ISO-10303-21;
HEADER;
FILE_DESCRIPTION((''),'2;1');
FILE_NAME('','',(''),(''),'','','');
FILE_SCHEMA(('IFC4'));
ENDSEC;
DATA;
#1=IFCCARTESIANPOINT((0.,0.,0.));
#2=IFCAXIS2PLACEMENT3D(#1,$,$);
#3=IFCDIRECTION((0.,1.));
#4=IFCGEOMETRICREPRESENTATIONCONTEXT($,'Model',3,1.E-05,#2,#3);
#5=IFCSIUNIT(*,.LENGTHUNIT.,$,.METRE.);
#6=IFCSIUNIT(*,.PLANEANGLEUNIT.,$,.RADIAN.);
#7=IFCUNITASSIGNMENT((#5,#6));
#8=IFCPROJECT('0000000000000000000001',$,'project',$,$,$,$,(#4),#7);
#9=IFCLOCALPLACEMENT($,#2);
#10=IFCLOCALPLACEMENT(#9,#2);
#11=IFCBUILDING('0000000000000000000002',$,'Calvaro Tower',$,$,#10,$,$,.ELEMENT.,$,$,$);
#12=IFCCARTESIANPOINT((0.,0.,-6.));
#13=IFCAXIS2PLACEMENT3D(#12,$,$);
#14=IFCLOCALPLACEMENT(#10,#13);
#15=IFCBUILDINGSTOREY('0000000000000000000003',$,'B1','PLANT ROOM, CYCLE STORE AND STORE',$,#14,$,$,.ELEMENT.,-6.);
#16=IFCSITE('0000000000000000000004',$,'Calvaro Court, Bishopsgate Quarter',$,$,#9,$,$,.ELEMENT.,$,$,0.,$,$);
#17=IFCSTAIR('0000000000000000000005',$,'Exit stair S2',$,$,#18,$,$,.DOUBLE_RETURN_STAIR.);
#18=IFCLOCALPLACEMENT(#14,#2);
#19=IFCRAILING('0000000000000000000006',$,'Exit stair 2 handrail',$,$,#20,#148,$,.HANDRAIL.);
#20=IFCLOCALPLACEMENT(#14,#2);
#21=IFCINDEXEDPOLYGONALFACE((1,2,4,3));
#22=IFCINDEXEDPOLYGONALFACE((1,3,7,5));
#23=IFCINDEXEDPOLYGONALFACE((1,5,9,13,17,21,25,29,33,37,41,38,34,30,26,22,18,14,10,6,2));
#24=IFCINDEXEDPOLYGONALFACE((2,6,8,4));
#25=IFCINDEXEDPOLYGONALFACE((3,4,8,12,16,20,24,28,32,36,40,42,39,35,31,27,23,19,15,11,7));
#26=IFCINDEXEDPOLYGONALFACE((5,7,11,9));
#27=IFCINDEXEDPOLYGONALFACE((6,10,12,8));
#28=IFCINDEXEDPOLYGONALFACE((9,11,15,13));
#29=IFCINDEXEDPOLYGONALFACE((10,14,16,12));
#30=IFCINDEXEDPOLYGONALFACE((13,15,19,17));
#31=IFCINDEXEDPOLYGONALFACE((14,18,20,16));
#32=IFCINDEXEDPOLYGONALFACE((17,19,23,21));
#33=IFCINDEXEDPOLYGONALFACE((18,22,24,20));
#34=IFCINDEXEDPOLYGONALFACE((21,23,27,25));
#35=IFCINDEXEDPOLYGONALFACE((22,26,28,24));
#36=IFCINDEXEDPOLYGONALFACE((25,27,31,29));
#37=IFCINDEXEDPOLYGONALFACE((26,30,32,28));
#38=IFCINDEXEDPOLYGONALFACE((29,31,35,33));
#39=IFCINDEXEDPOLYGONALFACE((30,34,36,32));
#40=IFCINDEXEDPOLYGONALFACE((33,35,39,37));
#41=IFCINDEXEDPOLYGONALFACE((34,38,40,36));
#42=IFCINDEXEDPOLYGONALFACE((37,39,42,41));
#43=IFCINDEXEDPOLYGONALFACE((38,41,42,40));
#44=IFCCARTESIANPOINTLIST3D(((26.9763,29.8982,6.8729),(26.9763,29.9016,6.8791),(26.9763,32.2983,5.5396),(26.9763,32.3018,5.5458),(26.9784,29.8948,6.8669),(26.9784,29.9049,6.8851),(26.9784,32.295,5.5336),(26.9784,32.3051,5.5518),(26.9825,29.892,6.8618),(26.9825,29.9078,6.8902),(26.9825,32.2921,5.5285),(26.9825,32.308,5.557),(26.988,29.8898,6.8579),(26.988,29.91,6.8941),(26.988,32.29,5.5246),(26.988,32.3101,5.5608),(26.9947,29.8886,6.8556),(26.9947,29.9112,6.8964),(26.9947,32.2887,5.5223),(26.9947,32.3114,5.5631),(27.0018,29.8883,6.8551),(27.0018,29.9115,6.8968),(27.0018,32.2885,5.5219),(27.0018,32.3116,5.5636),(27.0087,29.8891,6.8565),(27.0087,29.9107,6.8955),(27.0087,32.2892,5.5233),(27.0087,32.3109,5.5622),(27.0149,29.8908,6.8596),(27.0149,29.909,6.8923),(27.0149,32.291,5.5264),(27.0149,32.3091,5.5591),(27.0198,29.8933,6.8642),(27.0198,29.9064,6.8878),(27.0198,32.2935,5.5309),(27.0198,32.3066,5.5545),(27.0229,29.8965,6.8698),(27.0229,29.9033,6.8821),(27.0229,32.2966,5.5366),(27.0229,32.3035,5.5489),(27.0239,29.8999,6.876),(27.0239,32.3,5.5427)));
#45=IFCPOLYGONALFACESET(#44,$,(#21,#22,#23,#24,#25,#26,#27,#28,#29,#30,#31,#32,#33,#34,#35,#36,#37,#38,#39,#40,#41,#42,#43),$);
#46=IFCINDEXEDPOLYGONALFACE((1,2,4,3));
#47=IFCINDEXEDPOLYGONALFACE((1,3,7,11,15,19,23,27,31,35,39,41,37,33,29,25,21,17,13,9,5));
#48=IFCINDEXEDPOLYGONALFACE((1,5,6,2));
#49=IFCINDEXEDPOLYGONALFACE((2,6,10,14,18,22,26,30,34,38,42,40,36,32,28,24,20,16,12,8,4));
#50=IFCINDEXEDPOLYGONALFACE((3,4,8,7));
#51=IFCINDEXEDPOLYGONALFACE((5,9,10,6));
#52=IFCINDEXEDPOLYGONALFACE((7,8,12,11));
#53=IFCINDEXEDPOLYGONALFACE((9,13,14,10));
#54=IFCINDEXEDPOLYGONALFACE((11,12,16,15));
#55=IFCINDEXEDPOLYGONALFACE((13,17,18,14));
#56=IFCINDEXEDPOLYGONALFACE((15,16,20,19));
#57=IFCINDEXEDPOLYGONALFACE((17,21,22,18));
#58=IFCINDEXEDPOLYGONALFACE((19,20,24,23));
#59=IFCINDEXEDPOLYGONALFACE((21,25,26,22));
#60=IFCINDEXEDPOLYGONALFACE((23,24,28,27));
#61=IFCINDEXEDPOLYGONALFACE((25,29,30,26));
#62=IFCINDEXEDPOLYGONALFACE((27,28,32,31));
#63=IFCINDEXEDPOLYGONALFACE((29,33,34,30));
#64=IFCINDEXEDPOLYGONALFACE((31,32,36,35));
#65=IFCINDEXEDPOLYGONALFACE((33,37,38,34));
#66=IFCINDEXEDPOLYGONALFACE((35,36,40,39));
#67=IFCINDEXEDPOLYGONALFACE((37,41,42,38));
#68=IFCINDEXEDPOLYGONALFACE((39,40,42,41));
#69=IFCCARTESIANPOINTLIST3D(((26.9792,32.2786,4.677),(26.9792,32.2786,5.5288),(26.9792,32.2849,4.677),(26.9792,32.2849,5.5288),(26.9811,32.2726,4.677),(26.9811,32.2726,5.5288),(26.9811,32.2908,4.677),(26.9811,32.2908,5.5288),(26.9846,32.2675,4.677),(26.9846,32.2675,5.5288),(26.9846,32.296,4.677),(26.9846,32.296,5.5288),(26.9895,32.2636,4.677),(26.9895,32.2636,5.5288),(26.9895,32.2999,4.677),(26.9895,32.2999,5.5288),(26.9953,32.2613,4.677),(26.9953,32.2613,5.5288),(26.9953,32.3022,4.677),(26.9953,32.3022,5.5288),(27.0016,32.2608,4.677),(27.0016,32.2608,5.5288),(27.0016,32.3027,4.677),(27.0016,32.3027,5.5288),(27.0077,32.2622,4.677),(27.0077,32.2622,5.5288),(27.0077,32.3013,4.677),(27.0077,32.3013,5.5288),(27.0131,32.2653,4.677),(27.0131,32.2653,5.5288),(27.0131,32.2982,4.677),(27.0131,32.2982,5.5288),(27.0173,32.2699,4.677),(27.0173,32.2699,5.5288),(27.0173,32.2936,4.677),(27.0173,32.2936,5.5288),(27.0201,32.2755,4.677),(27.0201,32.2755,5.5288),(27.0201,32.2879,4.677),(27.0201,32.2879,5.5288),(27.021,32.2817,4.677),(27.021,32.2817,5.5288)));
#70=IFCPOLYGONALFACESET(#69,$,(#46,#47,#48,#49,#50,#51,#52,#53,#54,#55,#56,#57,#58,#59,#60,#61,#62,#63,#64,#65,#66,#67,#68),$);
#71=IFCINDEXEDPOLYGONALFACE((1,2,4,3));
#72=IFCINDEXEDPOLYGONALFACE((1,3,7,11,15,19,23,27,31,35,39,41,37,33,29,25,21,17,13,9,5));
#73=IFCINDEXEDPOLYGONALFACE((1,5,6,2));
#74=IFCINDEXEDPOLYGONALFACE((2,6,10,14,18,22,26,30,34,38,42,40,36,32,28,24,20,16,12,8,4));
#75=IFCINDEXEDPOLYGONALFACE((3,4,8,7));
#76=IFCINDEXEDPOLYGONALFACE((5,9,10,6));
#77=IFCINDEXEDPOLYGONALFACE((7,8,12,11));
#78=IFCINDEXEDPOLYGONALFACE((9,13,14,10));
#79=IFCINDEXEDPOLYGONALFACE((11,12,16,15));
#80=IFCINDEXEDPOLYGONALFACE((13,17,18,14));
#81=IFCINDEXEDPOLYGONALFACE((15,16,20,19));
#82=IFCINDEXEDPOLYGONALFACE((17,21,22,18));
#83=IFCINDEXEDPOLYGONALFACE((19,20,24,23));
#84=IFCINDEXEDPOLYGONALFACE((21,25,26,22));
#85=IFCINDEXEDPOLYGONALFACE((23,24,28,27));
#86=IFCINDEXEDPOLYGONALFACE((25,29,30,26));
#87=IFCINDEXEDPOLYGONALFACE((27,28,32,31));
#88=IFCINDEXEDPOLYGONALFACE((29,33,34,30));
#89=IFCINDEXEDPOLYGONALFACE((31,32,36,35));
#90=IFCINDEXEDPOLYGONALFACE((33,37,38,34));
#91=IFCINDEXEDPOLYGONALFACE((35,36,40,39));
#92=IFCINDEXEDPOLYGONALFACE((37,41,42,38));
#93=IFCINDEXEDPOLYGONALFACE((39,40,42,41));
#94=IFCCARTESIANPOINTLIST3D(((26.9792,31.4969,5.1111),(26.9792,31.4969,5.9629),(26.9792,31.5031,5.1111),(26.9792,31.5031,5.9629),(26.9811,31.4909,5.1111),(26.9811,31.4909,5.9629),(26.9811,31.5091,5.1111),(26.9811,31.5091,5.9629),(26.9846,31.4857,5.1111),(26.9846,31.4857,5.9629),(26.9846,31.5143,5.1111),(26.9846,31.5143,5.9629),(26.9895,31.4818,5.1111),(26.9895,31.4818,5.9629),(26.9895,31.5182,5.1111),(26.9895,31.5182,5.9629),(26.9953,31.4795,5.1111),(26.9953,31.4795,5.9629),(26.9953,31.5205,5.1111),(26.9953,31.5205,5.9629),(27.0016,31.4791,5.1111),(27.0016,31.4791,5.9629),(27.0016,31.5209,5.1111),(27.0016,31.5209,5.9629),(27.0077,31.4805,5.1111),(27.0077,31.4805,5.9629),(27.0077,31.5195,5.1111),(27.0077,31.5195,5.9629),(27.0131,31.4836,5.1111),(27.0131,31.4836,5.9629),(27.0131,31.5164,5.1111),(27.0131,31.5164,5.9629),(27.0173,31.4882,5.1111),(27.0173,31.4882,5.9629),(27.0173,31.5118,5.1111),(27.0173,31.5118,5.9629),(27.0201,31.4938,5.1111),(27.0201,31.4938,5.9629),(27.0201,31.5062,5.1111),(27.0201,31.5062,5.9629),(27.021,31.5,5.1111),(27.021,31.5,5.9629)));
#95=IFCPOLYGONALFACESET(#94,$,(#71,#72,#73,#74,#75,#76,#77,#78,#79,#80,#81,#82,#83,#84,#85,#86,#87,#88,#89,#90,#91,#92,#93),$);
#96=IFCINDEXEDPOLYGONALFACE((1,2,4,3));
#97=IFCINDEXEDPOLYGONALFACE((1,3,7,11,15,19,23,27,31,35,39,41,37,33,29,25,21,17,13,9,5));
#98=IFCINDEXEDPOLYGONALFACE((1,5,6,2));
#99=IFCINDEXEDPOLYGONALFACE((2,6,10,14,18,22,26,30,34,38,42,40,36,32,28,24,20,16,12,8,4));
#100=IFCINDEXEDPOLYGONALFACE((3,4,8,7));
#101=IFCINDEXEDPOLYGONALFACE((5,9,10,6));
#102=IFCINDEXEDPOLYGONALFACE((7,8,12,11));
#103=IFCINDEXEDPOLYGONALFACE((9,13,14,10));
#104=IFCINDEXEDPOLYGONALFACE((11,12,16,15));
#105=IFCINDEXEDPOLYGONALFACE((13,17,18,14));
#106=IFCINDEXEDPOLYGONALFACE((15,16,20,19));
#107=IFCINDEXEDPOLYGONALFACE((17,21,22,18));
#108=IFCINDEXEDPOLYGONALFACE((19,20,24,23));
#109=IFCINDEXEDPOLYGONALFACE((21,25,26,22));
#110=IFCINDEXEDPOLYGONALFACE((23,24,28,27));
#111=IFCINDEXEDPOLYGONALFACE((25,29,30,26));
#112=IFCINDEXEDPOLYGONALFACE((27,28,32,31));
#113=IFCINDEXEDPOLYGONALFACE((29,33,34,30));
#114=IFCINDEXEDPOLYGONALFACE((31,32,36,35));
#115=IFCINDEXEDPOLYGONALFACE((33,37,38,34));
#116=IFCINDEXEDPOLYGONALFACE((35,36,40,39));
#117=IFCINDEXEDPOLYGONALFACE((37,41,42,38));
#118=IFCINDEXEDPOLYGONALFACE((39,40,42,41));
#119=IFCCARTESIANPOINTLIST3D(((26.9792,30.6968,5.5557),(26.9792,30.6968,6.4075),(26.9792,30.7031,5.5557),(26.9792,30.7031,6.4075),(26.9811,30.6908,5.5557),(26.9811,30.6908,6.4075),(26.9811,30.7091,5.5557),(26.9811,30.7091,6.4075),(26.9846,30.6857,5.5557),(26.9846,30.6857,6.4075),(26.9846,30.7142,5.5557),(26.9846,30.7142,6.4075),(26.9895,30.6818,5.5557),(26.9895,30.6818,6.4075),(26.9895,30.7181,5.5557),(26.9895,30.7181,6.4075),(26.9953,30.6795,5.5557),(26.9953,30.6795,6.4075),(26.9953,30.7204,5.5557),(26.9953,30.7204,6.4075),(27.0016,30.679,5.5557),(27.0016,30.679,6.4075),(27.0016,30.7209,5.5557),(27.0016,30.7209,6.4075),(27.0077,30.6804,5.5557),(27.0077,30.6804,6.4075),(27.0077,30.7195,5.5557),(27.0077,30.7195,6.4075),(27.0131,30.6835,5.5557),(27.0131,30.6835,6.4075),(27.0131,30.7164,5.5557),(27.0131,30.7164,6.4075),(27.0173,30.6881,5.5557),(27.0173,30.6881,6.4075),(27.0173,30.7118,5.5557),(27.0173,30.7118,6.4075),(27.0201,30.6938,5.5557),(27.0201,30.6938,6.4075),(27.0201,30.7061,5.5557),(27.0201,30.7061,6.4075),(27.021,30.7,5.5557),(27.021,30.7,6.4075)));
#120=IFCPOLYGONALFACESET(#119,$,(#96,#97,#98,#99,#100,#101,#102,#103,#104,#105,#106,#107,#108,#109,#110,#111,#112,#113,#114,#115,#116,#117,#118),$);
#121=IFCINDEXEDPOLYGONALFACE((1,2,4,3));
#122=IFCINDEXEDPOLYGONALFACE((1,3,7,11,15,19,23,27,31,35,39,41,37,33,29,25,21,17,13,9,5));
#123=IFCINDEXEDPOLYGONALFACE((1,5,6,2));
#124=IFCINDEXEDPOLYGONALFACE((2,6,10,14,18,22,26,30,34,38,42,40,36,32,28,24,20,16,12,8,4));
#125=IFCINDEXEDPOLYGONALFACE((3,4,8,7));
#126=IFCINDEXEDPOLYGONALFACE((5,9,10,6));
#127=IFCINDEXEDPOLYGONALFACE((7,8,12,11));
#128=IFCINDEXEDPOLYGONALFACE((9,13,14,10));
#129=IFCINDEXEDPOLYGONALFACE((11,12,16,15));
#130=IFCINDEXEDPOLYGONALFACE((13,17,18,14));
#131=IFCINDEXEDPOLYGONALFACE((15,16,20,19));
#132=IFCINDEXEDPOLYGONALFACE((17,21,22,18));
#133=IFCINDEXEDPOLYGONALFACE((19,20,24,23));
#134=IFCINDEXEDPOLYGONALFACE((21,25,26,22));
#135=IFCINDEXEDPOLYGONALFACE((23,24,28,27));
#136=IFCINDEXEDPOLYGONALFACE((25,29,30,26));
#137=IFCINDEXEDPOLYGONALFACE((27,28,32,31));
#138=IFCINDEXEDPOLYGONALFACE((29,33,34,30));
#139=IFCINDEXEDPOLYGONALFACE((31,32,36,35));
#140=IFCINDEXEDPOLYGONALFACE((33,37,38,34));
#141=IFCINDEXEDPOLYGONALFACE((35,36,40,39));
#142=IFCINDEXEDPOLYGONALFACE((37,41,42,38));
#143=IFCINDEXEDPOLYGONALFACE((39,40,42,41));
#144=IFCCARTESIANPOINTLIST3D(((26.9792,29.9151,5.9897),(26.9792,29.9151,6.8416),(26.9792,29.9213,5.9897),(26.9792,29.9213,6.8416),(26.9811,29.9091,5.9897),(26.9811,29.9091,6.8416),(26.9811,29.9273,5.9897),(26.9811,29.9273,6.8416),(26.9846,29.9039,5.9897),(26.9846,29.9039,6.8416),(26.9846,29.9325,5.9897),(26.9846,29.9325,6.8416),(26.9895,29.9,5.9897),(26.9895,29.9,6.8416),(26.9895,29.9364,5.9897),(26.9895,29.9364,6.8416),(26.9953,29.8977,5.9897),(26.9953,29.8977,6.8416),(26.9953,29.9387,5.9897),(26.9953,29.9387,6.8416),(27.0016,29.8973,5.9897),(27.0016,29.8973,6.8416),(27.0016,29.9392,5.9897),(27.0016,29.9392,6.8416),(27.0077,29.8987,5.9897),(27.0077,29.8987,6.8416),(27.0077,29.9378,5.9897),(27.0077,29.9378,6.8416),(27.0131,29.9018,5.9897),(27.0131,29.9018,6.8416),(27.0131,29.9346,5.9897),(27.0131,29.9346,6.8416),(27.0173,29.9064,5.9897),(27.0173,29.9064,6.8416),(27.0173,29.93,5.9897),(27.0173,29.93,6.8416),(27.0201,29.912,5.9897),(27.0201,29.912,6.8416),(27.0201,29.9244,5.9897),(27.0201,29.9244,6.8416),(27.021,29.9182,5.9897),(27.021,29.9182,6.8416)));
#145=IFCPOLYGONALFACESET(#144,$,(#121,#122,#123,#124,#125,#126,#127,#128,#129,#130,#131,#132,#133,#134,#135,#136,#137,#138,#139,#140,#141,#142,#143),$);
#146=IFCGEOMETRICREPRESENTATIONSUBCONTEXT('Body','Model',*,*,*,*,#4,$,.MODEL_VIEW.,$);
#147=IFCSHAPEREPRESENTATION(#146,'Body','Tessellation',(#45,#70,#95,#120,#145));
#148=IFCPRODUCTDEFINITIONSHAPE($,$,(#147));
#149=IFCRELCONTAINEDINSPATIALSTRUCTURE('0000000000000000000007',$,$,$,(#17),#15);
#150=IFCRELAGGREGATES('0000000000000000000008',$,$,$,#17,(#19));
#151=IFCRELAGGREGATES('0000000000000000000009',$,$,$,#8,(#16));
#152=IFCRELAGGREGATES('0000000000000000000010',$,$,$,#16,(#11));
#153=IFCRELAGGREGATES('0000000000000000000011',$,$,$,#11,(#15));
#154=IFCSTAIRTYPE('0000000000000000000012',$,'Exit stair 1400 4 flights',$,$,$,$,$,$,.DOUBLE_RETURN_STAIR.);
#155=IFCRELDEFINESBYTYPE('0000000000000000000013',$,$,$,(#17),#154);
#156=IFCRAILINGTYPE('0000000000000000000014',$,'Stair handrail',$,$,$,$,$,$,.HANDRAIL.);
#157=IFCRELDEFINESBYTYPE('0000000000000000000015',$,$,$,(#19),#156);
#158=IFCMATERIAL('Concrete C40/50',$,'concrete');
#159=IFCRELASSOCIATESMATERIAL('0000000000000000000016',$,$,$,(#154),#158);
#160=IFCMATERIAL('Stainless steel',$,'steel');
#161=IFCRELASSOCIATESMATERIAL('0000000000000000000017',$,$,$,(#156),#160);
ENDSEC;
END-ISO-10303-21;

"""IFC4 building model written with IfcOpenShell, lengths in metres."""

from ifc_helpers import new_model, si_unit, direction, frame, origin, origin_2d, place, context, subcontext, project, spatial, circle, extrude, material, type_object, element, aggregate, save


model = new_model("IFC4")

# Units and contexts
model_context = context("Model", 3, precision=1e-05, world=origin(), true_north=direction((0.0, 1.0)))
body_context = subcontext(model_context, "Body", "Model", "MODEL_VIEW")
ifc_project = project(units=[si_unit("LENGTHUNIT", "METRE"), si_unit("PLANEANGLEUNIT", "RADIAN")], contexts=[model_context])

# Site, building, storey
site_placement = place(None, origin())
site = spatial("IfcSite", under=ifc_project, at=site_placement, Name="Calvaro Court, Bishopsgate Quarter", CompositionType="ELEMENT", RefElevation=0.0)
building_placement = place(site_placement, origin())
building = spatial("IfcBuilding", under=site, at=building_placement, Name="Calvaro Tower", CompositionType="ELEMENT")
storey_placement = place(building_placement, frame((0.0, 0.0, -6.0)))
storey = spatial("IfcBuildingStorey", under=building, at=storey_placement, Name="B1", Description="PLANT ROOM, CYCLE STORE AND STORE", CompositionType="ELEMENT", Elevation=-6.0)

# Stair, railing
ifc_material_1 = material(Name="Concrete C40/50", Category="concrete")
stair_type = type_object("IfcStairType", Name="Exit stair 1400 4 flights", PredefinedType="DOUBLE_RETURN_STAIR", material=ifc_material_1)
stair_placement = place(storey_placement, origin())
stair = element("IfcStair", 1, at=stair_placement, inside=storey, type_object=stair_type, Name="Exit stair S2", PredefinedType="DOUBLE_RETURN_STAIR")
ifc_material_2 = material(Name="Stainless steel", Category="steel")
railing_type = type_object("IfcRailingType", Name="Stair handrail", PredefinedType="HANDRAIL", material=ifc_material_2)
railing_1_placement = place(storey_placement, frame((27.0, 32.3, 4.6667)))
railing_1 = element("IfcRailing", 2, at=railing_1_placement, type_object=railing_type, Name="Exit stair 2 handrail", PredefinedType="HANDRAIL", context=body_context, shape_type="SweptSolid", body=[
    extrude(circle(Radius=0.0239, at=origin_2d()), frame((0.0, 0.0, 0.876), z_axis=(0.0, -0.874182, 0.485598), x_axis=(1.0, 0.0, 0.0)), (0.0, 0.0, 1.0), 2.7456),
    extrude(circle(Radius=0.021, at=origin_2d()), frame((0.0, -0.0183, 0.0103)), (0.0, 0.0, 1.0), 0.8518),
    extrude(circle(Radius=0.021, at=origin_2d()), frame((0.0, -0.8, 0.4443)), (0.0, 0.0, 1.0), 0.8518),
    extrude(circle(Radius=0.021, at=origin_2d()), frame((0.0, -1.6001, 0.8889)), (0.0, 0.0, 1.0), 0.8518),
    extrude(circle(Radius=0.021, at=origin_2d()), frame((0.0, -2.3818, 1.323)), (0.0, 0.0, 1.0), 0.8518),
])
aggregate(stair, [railing_1])

save(model, "model.ifc")
